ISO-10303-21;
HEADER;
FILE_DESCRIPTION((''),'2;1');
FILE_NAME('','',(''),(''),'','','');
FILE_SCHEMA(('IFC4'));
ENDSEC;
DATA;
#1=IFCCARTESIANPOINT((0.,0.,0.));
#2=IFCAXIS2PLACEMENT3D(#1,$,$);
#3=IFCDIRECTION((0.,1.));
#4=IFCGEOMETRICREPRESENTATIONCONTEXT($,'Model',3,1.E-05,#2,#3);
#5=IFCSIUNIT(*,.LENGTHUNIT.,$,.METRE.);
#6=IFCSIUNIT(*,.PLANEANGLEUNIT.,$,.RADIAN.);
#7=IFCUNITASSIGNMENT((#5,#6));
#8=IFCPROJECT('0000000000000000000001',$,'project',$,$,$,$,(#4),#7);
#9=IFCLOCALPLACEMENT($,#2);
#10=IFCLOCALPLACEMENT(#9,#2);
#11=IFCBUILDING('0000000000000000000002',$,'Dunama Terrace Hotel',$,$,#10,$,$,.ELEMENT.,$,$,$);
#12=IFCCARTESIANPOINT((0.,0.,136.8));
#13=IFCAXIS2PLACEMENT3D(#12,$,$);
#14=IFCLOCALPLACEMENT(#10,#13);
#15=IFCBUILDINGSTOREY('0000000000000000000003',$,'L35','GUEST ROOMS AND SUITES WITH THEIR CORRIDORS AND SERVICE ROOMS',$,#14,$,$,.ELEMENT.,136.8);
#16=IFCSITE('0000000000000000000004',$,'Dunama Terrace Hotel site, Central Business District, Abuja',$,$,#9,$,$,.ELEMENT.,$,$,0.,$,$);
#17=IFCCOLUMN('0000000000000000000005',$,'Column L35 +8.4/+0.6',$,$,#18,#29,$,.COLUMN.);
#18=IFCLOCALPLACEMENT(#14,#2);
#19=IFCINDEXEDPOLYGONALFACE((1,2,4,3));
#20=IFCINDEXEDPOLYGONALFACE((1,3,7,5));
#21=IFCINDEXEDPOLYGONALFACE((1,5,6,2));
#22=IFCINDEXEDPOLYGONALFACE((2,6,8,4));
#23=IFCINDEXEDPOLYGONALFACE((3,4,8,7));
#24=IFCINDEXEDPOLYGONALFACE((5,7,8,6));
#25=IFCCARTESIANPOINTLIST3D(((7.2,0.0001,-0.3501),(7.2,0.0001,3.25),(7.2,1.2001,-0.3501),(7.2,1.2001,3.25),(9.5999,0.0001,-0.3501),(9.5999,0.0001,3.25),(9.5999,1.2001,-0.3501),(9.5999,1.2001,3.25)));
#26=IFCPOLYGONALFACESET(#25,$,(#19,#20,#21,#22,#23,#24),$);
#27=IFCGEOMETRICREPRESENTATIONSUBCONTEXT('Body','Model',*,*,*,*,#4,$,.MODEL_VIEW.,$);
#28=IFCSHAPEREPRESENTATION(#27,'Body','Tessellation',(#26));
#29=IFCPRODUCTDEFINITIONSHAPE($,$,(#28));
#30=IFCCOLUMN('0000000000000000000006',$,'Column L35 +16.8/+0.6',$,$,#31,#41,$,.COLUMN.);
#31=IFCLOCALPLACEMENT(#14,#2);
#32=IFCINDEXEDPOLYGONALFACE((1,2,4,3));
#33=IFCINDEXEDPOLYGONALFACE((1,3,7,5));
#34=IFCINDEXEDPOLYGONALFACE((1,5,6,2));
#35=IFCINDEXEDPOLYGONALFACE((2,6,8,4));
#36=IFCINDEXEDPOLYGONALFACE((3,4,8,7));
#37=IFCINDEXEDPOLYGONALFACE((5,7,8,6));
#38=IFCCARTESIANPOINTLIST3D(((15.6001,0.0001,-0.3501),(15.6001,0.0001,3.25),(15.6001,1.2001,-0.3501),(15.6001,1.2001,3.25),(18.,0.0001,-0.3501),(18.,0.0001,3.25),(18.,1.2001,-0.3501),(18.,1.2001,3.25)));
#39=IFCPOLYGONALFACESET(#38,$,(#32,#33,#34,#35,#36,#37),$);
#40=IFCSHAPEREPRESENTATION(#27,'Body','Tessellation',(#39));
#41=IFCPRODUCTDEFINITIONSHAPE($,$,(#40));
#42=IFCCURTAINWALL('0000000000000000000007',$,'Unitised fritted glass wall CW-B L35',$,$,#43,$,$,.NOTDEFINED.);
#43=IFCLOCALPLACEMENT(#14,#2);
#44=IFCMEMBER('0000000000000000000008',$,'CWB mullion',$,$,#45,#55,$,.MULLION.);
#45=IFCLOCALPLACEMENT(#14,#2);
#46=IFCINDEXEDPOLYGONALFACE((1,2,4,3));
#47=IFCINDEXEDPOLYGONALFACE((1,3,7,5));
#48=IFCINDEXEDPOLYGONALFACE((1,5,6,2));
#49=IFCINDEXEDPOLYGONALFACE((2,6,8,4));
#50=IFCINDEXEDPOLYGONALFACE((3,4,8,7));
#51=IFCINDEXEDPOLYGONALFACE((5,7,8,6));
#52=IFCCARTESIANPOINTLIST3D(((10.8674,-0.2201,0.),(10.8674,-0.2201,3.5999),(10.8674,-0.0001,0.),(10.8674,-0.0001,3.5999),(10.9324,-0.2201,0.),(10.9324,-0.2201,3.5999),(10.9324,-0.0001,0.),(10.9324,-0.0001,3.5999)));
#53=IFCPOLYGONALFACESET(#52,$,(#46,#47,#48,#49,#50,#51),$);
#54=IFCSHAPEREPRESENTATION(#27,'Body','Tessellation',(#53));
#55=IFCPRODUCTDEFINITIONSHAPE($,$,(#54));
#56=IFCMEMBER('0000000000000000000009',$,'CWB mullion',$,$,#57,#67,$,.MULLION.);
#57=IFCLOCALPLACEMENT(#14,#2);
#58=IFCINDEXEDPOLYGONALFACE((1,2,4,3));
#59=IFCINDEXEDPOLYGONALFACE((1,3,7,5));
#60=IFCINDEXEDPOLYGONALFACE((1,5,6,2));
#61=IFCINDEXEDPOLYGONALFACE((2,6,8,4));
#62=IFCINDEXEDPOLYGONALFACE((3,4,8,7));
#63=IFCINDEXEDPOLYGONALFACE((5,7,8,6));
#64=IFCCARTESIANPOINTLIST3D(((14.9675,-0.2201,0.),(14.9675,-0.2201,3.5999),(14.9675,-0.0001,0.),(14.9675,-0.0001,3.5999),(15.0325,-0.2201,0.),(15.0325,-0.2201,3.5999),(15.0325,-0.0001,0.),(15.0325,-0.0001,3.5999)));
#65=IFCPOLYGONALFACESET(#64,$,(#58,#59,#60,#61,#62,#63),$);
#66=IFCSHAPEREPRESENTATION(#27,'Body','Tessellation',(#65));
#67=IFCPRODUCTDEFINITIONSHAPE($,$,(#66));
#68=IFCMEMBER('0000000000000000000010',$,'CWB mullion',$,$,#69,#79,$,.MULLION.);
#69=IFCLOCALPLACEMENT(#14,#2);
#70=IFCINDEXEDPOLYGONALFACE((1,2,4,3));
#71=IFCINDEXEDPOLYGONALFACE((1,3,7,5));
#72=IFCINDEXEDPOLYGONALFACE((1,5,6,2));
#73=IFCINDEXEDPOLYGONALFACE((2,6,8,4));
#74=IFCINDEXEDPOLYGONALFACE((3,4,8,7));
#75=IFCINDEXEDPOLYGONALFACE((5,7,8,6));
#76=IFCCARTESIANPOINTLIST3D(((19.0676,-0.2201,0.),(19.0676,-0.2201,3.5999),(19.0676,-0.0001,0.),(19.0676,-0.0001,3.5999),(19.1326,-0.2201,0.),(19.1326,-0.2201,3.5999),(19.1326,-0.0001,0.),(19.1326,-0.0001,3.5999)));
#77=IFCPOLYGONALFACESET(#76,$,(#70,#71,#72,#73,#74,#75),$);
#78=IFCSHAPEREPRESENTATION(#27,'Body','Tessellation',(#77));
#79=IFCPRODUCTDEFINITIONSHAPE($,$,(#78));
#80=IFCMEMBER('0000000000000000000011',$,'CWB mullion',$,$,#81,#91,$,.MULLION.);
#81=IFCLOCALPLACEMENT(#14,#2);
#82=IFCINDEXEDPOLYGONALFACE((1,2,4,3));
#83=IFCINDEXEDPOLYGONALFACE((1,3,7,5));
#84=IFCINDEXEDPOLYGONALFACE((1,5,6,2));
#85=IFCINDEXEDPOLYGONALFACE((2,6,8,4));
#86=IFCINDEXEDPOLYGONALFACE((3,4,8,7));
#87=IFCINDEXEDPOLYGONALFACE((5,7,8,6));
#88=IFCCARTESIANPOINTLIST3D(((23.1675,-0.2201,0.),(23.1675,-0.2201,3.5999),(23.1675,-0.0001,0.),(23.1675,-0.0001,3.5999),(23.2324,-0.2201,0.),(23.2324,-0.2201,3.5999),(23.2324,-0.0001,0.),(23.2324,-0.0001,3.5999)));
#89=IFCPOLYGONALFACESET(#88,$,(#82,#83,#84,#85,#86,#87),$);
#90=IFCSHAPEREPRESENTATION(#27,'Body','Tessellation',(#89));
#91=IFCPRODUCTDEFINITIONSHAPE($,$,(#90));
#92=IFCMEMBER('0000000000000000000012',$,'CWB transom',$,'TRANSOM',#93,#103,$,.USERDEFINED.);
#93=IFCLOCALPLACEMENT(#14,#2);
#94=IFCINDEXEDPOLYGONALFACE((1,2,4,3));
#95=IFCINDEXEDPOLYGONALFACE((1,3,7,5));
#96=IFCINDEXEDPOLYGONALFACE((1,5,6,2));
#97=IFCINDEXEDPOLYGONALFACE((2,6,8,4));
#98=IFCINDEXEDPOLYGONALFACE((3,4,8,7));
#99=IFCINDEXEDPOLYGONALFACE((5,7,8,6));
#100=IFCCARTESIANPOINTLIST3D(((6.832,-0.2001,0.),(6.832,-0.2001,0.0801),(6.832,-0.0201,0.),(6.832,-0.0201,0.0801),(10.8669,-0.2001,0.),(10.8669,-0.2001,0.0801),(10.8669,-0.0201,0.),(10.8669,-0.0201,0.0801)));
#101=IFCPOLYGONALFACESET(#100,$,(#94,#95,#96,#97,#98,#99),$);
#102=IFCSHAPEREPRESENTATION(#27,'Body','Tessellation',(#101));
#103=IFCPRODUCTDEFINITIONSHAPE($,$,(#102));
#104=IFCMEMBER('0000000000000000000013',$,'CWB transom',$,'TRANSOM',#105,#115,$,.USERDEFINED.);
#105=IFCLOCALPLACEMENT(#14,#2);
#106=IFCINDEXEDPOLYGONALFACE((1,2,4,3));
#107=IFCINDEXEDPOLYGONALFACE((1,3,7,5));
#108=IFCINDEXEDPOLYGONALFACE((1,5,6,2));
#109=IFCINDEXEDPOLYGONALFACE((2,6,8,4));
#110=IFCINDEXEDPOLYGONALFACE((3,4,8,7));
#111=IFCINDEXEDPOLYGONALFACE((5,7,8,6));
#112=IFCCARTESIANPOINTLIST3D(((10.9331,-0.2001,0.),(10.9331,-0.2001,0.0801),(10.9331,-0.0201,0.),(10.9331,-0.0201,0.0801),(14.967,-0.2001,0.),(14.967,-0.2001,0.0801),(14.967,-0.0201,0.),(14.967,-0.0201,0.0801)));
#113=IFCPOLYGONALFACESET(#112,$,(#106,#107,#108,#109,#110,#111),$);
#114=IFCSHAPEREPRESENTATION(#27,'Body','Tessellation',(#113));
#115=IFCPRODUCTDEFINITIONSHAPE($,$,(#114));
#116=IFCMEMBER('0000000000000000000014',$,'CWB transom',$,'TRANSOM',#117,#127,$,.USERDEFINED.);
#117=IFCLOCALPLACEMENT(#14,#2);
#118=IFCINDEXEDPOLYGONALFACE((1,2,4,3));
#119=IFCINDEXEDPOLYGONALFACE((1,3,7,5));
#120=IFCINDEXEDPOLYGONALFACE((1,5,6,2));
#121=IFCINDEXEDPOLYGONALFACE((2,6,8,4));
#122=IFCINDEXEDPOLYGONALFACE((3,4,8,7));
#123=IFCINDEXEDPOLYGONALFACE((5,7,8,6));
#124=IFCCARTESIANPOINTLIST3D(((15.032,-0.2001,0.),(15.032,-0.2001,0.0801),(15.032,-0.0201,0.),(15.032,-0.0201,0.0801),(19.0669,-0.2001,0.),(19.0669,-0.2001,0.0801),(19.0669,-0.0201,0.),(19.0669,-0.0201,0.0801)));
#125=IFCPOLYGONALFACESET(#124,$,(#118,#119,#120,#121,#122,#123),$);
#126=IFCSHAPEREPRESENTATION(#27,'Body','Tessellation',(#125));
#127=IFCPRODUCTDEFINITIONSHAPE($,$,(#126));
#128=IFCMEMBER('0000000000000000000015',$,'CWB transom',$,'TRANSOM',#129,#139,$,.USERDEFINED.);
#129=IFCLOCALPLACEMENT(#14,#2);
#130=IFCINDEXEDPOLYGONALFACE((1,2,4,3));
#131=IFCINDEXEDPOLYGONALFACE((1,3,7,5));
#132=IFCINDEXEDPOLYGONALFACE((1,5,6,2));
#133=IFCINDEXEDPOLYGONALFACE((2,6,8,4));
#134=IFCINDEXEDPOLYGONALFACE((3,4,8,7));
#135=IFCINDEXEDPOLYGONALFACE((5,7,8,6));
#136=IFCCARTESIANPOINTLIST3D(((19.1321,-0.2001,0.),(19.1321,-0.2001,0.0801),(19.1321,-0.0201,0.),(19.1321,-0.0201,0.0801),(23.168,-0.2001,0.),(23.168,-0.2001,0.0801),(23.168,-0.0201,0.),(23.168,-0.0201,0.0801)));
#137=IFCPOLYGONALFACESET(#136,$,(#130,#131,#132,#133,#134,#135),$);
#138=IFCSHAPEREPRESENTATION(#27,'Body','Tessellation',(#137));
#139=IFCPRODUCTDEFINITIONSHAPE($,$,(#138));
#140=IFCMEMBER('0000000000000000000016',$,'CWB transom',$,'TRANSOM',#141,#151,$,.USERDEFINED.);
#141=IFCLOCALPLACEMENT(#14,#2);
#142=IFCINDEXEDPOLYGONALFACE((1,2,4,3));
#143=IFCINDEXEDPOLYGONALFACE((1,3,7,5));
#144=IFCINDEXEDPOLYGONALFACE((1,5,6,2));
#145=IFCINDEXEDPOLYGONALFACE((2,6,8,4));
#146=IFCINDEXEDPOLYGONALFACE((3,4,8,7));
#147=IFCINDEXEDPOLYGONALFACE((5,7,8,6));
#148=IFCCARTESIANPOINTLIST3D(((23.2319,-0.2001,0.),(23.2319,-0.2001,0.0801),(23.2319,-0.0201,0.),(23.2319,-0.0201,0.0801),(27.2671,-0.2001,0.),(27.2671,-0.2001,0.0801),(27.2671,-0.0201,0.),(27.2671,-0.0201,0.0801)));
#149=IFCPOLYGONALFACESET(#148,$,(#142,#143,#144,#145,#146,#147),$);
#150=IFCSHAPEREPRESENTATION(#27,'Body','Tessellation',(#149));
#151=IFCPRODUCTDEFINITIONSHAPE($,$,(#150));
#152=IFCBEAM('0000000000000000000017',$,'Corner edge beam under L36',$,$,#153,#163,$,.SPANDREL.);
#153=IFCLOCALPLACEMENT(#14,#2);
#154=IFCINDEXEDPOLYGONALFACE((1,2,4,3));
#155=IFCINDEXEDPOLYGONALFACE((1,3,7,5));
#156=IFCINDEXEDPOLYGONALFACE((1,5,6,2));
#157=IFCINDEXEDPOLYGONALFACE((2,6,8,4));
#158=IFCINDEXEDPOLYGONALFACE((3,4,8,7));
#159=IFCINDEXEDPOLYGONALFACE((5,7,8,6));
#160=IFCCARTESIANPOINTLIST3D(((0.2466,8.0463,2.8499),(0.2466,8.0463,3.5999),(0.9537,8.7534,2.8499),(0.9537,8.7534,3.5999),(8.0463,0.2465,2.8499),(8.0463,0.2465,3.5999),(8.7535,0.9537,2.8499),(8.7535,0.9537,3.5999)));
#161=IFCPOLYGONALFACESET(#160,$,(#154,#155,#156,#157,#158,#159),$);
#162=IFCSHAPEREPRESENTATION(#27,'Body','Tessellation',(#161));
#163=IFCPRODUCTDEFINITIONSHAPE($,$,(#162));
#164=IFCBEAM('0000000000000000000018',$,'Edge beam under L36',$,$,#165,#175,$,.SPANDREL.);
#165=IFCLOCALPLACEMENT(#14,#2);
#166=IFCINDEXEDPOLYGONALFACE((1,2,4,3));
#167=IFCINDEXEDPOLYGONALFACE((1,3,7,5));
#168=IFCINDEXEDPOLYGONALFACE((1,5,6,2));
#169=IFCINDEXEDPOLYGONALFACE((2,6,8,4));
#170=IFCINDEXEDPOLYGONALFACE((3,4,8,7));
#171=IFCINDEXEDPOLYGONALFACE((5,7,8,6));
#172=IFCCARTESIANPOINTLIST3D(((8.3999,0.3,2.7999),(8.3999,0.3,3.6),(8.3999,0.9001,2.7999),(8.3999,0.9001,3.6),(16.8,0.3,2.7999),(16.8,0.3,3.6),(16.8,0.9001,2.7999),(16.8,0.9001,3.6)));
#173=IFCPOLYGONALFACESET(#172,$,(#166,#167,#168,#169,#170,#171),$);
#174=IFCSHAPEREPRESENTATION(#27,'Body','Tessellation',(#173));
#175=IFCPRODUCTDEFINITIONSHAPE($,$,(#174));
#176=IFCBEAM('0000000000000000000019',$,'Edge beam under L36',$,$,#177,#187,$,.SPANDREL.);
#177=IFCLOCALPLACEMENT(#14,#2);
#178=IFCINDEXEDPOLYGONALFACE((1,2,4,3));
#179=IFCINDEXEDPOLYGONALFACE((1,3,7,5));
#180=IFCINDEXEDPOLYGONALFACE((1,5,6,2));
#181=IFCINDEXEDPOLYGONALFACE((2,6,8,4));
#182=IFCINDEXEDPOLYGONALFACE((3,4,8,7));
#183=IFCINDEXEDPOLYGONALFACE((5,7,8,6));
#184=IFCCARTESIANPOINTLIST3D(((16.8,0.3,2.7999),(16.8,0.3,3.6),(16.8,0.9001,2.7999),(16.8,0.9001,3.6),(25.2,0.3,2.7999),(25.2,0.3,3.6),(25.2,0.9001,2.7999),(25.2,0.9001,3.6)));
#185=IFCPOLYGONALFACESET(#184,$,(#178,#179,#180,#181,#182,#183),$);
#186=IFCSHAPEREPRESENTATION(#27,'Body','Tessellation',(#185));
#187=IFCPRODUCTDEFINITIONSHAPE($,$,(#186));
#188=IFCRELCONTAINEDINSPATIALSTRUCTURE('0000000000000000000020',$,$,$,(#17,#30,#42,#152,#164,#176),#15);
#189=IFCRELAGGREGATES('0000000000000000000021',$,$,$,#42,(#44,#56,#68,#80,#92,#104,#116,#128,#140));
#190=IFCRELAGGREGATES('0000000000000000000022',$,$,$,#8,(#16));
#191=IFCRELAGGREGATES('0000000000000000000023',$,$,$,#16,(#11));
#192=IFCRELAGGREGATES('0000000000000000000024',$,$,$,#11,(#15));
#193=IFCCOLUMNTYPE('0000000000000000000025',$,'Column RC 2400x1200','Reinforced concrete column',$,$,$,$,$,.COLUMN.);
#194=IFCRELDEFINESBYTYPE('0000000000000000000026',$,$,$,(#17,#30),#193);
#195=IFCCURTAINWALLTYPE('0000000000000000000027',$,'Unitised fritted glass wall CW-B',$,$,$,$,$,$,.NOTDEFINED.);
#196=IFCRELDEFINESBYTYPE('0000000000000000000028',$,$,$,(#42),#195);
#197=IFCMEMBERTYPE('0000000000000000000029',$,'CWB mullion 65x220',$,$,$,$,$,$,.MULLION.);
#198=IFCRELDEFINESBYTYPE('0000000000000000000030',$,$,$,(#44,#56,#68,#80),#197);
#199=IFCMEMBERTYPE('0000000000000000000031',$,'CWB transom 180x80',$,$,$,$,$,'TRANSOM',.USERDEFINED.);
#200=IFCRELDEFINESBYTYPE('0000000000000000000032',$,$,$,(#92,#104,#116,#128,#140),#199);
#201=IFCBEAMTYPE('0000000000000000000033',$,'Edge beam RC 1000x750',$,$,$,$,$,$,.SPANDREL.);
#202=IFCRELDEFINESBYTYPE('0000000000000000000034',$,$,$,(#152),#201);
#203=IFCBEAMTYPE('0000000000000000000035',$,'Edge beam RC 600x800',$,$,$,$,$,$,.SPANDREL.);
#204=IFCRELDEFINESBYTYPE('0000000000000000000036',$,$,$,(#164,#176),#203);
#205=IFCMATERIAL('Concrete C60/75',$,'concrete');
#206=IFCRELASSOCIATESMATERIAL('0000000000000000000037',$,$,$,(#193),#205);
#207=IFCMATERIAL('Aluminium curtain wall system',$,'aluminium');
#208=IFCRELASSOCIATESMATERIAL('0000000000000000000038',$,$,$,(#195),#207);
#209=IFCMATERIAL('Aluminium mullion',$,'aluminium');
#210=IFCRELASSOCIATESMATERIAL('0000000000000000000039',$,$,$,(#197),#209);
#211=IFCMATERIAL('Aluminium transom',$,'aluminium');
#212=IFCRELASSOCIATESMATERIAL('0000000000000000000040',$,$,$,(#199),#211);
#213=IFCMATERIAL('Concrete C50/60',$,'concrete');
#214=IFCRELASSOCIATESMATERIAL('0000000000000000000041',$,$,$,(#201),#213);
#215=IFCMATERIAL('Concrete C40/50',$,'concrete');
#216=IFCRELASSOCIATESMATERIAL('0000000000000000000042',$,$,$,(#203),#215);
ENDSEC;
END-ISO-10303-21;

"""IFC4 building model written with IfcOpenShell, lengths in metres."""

from ifc_helpers import new_model, si_unit, direction, frame, origin, origin_2d, place, context, subcontext, project, spatial, rectangle, extrude, material, material_profile, profile_set, type_object, element, aggregate, save


model = new_model("IFC4")

# Units and contexts
model_context = context("Model", 3, precision=1e-05, world=origin(), true_north=direction((0.0, 1.0)))
body_context = subcontext(model_context, "Body", "Model", "MODEL_VIEW")
ifc_project = project(units=[si_unit("LENGTHUNIT", "METRE"), si_unit("PLANEANGLEUNIT", "RADIAN")], contexts=[model_context])

# Site, building, storey
site_placement = place(None, origin())
site = spatial("IfcSite", under=ifc_project, at=site_placement, Name="Dunama Terrace Hotel site, Central Business District, Abuja", CompositionType="ELEMENT", RefElevation=0.0)
building_placement = place(site_placement, origin())
building = spatial("IfcBuilding", under=site, at=building_placement, Name="Dunama Terrace Hotel", CompositionType="ELEMENT")
storey_placement = place(building_placement, frame((0.0, 0.0, 136.8)))
storey = spatial("IfcBuildingStorey", under=building, at=storey_placement, Name="L35", Description="GUEST ROOMS AND SUITES WITH THEIR CORRIDORS AND SERVICE ROOMS", CompositionType="ELEMENT", Elevation=136.8)

# Columns
ifc_material_1 = material(Name="Concrete C60/75", Category="concrete")
ifc_material_profile_1 = material_profile(ifc_material_1, rectangle(XDim=2.3999, YDim=1.2, at=origin_2d()), Name="RC 2400x1200")
ifc_profile_set_1 = profile_set([ifc_material_profile_1], Name="Concrete C60/75")
column_type = type_object("IfcColumnType", Name="Column RC 2400x1200", Description="Reinforced concrete column", PredefinedType="COLUMN", material=ifc_profile_set_1)
for number, where, z_axis, x_axis, name in (
    (1, (8.3999, 0.6001, -0.3501), (0.0, 0.0, 1.0), (1.0, 0.0, 0.0), "Column L35 +8.4/+0.6"),
    (2, (16.8, 0.6001, -0.3501), (0.0, 0.0, 1.0), (1.0, 0.0, 0.0), "Column L35 +16.8/+0.6"),
):
    element("IfcColumn", number, at=place(storey_placement, frame(where, z_axis=z_axis, x_axis=x_axis)), inside=storey, type_object=column_type, Name=name, PredefinedType="COLUMN", context=body_context, shape_type="SweptSolid", body=[
        extrude(rectangle(XDim=2.3999, YDim=1.2, at=origin_2d()), origin(), (0.0, 0.0, 1.0), 3.6001),
    ])

# Curtain wall, members
ifc_material_2 = material(Name="Aluminium curtain wall system", Category="aluminium")
curtain_wall_type = type_object("IfcCurtainWallType", Name="Unitised fritted glass wall CW-B", PredefinedType="NOTDEFINED", material=ifc_material_2)
curtain_wall_placement = place(storey_placement, origin())
curtain_wall = element("IfcCurtainWall", 3, at=curtain_wall_placement, inside=storey, type_object=curtain_wall_type, Name="Unitised fritted glass wall CW-B L35", PredefinedType="NOTDEFINED")
ifc_material_3 = material(Name="Aluminium mullion", Category="aluminium")
ifc_material_profile_2 = material_profile(ifc_material_3, rectangle(XDim=0.0649, YDim=0.22, at=origin_2d()), Name="CWB MULLION 65X220")
ifc_profile_set_2 = profile_set([ifc_material_profile_2], Name="Aluminium mullion")
member_type_1 = type_object("IfcMemberType", Name="CWB mullion 65x220", PredefinedType="MULLION", material=ifc_profile_set_2)
member_1_placement = place(storey_placement, frame((10.8999, -0.1101, 0.0), z_axis=(0.0, 0.0, 1.0), x_axis=(1.0, 0.0, 0.0)))
member_1 = element("IfcMember", 4, at=member_1_placement, type_object=member_type_1, Name="CWB mullion", PredefinedType="MULLION", context=body_context, shape_type="SweptSolid", body=[
    extrude(rectangle(XDim=0.0649, YDim=0.22, at=origin_2d()), origin(), (0.0, 0.0, 1.0), 3.5999),
])
member_2_placement = place(storey_placement, frame((15.0, -0.1101, 0.0), z_axis=(0.0, 0.0, 1.0), x_axis=(1.0, 0.0, 0.0)))
member_2 = element("IfcMember", 5, at=member_2_placement, type_object=member_type_1, Name="CWB mullion", PredefinedType="MULLION", context=body_context, shape_type="SweptSolid", body=[
    extrude(rectangle(XDim=0.0649, YDim=0.22, at=origin_2d()), origin(), (0.0, 0.0, 1.0), 3.5999),
])
member_3_placement = place(storey_placement, frame((19.1001, -0.1101, 0.0), z_axis=(0.0, 0.0, 1.0), x_axis=(1.0, 0.0, 0.0)))
member_3 = element("IfcMember", 6, at=member_3_placement, type_object=member_type_1, Name="CWB mullion", PredefinedType="MULLION", context=body_context, shape_type="SweptSolid", body=[
    extrude(rectangle(XDim=0.0649, YDim=0.22, at=origin_2d()), origin(), (0.0, 0.0, 1.0), 3.5999),
])
member_4_placement = place(storey_placement, frame((23.2, -0.1101, 0.0), z_axis=(0.0, 0.0, 1.0), x_axis=(1.0, 0.0, 0.0)))
member_4 = element("IfcMember", 7, at=member_4_placement, type_object=member_type_1, Name="CWB mullion", PredefinedType="MULLION", context=body_context, shape_type="SweptSolid", body=[
    extrude(rectangle(XDim=0.0649, YDim=0.22, at=origin_2d()), origin(), (0.0, 0.0, 1.0), 3.5999),
])
ifc_material_4 = material(Name="Aluminium transom", Category="aluminium")
ifc_material_profile_3 = material_profile(ifc_material_4, rectangle(XDim=0.1799, YDim=0.0801, at=origin_2d()), Name="CWB TRANSOM 180X80")
ifc_profile_set_3 = profile_set([ifc_material_profile_3], Name="Aluminium transom")
member_type_2 = type_object("IfcMemberType", Name="CWB transom 180x80", ElementType="TRANSOM", PredefinedType="USERDEFINED", material=ifc_profile_set_3)
member_5_placement = place(storey_placement, frame((6.832, -0.1101, 0.04), z_axis=(1.0, 0.0, 0.0), x_axis=(0.0, 1.0, 0.0)))
member_5 = element("IfcMember", 8, at=member_5_placement, type_object=member_type_2, Name="CWB transom", ObjectType="TRANSOM", PredefinedType="USERDEFINED", context=body_context, shape_type="SweptSolid", body=[
    extrude(rectangle(XDim=0.1799, YDim=0.0801, at=origin_2d()), origin(), (0.0, 0.0, 1.0), 4.0349),
])
member_6_placement = place(storey_placement, frame((10.9331, -0.1101, 0.04), z_axis=(1.0, 0.0, 0.0), x_axis=(0.0, 1.0, 0.0)))
member_6 = element("IfcMember", 9, at=member_6_placement, type_object=member_type_2, Name="CWB transom", ObjectType="TRANSOM", PredefinedType="USERDEFINED", context=body_context, shape_type="SweptSolid", body=[
    extrude(rectangle(XDim=0.1799, YDim=0.0801, at=origin_2d()), origin(), (0.0, 0.0, 1.0), 4.0339),
])
member_7_placement = place(storey_placement, frame((15.032, -0.1101, 0.04), z_axis=(1.0, 0.0, 0.0), x_axis=(0.0, 1.0, 0.0)))
member_7 = element("IfcMember", 10, at=member_7_placement, type_object=member_type_2, Name="CWB transom", ObjectType="TRANSOM", PredefinedType="USERDEFINED", context=body_context, shape_type="SweptSolid", body=[
    extrude(rectangle(XDim=0.1799, YDim=0.0801, at=origin_2d()), origin(), (0.0, 0.0, 1.0), 4.0349),
])
member_8_placement = place(storey_placement, frame((19.1321, -0.1101, 0.04), z_axis=(1.0, 0.0, 0.0), x_axis=(0.0, 1.0, 0.0)))
member_8 = element("IfcMember", 11, at=member_8_placement, type_object=member_type_2, Name="CWB transom", ObjectType="TRANSOM", PredefinedType="USERDEFINED", context=body_context, shape_type="SweptSolid", body=[
    extrude(rectangle(XDim=0.1799, YDim=0.0801, at=origin_2d()), origin(), (0.0, 0.0, 1.0), 4.0359),
])
member_9_placement = place(storey_placement, frame((23.2319, -0.1101, 0.04), z_axis=(1.0, 0.0, 0.0), x_axis=(0.0, 1.0, 0.0)))
member_9 = element("IfcMember", 12, at=member_9_placement, type_object=member_type_2, Name="CWB transom", ObjectType="TRANSOM", PredefinedType="USERDEFINED", context=body_context, shape_type="SweptSolid", body=[
    extrude(rectangle(XDim=0.1799, YDim=0.0801, at=origin_2d()), origin(), (0.0, 0.0, 1.0), 4.0352),
])

# Beams
ifc_material_5 = material(Name="Concrete C50/60", Category="concrete")
ifc_material_profile_4 = material_profile(ifc_material_5, rectangle(XDim=1.0, YDim=0.75, at=origin_2d()), Name="RC 1000x750")
ifc_profile_set_4 = profile_set([ifc_material_profile_4], Name="Concrete C50/60")
beam_type_1 = type_object("IfcBeamType", Name="Edge beam RC 1000x750", PredefinedType="SPANDREL", material=ifc_profile_set_4)
beam_1_placement = place(storey_placement, frame((8.3999, 0.6001, 3.2249), z_axis=(-0.707107, 0.707107, 0.0), x_axis=(-0.707107, -0.707107, 0.0)))
element("IfcBeam", 13, at=beam_1_placement, inside=storey, type_object=beam_type_1, Name="Corner edge beam under L36", PredefinedType="SPANDREL", context=body_context, shape_type="SweptSolid", body=[
    extrude(rectangle(XDim=1.0, YDim=0.75, at=origin_2d()), origin(), (0.0, 0.0, 1.0), 11.0305),
])
ifc_material_6 = material(Name="Concrete C40/50", Category="concrete")
ifc_material_profile_5 = material_profile(ifc_material_6, rectangle(XDim=0.6001, YDim=0.8, at=origin_2d()), Name="RC 600x800")
ifc_profile_set_5 = profile_set([ifc_material_profile_5], Name="Concrete C40/50")
beam_type_2 = type_object("IfcBeamType", Name="Edge beam RC 600x800", PredefinedType="SPANDREL", material=ifc_profile_set_5)
beam_2_placement = place(storey_placement, frame((8.3999, 0.6001, 3.2), z_axis=(1.0, 0.0, 0.0), x_axis=(0.0, 1.0, 0.0)))
element("IfcBeam", 14, at=beam_2_placement, inside=storey, type_object=beam_type_2, Name="Edge beam under L36", PredefinedType="SPANDREL", context=body_context, shape_type="SweptSolid", body=[
    extrude(rectangle(XDim=0.6001, YDim=0.8, at=origin_2d()), origin(), (0.0, 0.0, 1.0), 8.4001),
])
beam_3_placement = place(storey_placement, frame((16.8, 0.6001, 3.2), z_axis=(1.0, 0.0, 0.0), x_axis=(0.0, 1.0, 0.0)))
element("IfcBeam", 15, at=beam_3_placement, inside=storey, type_object=beam_type_2, Name="Edge beam under L36", PredefinedType="SPANDREL", context=body_context, shape_type="SweptSolid", body=[
    extrude(rectangle(XDim=0.6001, YDim=0.8, at=origin_2d()), origin(), (0.0, 0.0, 1.0), 8.3999),
])

aggregate(curtain_wall, [member_1, member_2, member_3, member_4, member_5, member_6, member_7, member_8, member_9])

save(model, "model.ifc")
